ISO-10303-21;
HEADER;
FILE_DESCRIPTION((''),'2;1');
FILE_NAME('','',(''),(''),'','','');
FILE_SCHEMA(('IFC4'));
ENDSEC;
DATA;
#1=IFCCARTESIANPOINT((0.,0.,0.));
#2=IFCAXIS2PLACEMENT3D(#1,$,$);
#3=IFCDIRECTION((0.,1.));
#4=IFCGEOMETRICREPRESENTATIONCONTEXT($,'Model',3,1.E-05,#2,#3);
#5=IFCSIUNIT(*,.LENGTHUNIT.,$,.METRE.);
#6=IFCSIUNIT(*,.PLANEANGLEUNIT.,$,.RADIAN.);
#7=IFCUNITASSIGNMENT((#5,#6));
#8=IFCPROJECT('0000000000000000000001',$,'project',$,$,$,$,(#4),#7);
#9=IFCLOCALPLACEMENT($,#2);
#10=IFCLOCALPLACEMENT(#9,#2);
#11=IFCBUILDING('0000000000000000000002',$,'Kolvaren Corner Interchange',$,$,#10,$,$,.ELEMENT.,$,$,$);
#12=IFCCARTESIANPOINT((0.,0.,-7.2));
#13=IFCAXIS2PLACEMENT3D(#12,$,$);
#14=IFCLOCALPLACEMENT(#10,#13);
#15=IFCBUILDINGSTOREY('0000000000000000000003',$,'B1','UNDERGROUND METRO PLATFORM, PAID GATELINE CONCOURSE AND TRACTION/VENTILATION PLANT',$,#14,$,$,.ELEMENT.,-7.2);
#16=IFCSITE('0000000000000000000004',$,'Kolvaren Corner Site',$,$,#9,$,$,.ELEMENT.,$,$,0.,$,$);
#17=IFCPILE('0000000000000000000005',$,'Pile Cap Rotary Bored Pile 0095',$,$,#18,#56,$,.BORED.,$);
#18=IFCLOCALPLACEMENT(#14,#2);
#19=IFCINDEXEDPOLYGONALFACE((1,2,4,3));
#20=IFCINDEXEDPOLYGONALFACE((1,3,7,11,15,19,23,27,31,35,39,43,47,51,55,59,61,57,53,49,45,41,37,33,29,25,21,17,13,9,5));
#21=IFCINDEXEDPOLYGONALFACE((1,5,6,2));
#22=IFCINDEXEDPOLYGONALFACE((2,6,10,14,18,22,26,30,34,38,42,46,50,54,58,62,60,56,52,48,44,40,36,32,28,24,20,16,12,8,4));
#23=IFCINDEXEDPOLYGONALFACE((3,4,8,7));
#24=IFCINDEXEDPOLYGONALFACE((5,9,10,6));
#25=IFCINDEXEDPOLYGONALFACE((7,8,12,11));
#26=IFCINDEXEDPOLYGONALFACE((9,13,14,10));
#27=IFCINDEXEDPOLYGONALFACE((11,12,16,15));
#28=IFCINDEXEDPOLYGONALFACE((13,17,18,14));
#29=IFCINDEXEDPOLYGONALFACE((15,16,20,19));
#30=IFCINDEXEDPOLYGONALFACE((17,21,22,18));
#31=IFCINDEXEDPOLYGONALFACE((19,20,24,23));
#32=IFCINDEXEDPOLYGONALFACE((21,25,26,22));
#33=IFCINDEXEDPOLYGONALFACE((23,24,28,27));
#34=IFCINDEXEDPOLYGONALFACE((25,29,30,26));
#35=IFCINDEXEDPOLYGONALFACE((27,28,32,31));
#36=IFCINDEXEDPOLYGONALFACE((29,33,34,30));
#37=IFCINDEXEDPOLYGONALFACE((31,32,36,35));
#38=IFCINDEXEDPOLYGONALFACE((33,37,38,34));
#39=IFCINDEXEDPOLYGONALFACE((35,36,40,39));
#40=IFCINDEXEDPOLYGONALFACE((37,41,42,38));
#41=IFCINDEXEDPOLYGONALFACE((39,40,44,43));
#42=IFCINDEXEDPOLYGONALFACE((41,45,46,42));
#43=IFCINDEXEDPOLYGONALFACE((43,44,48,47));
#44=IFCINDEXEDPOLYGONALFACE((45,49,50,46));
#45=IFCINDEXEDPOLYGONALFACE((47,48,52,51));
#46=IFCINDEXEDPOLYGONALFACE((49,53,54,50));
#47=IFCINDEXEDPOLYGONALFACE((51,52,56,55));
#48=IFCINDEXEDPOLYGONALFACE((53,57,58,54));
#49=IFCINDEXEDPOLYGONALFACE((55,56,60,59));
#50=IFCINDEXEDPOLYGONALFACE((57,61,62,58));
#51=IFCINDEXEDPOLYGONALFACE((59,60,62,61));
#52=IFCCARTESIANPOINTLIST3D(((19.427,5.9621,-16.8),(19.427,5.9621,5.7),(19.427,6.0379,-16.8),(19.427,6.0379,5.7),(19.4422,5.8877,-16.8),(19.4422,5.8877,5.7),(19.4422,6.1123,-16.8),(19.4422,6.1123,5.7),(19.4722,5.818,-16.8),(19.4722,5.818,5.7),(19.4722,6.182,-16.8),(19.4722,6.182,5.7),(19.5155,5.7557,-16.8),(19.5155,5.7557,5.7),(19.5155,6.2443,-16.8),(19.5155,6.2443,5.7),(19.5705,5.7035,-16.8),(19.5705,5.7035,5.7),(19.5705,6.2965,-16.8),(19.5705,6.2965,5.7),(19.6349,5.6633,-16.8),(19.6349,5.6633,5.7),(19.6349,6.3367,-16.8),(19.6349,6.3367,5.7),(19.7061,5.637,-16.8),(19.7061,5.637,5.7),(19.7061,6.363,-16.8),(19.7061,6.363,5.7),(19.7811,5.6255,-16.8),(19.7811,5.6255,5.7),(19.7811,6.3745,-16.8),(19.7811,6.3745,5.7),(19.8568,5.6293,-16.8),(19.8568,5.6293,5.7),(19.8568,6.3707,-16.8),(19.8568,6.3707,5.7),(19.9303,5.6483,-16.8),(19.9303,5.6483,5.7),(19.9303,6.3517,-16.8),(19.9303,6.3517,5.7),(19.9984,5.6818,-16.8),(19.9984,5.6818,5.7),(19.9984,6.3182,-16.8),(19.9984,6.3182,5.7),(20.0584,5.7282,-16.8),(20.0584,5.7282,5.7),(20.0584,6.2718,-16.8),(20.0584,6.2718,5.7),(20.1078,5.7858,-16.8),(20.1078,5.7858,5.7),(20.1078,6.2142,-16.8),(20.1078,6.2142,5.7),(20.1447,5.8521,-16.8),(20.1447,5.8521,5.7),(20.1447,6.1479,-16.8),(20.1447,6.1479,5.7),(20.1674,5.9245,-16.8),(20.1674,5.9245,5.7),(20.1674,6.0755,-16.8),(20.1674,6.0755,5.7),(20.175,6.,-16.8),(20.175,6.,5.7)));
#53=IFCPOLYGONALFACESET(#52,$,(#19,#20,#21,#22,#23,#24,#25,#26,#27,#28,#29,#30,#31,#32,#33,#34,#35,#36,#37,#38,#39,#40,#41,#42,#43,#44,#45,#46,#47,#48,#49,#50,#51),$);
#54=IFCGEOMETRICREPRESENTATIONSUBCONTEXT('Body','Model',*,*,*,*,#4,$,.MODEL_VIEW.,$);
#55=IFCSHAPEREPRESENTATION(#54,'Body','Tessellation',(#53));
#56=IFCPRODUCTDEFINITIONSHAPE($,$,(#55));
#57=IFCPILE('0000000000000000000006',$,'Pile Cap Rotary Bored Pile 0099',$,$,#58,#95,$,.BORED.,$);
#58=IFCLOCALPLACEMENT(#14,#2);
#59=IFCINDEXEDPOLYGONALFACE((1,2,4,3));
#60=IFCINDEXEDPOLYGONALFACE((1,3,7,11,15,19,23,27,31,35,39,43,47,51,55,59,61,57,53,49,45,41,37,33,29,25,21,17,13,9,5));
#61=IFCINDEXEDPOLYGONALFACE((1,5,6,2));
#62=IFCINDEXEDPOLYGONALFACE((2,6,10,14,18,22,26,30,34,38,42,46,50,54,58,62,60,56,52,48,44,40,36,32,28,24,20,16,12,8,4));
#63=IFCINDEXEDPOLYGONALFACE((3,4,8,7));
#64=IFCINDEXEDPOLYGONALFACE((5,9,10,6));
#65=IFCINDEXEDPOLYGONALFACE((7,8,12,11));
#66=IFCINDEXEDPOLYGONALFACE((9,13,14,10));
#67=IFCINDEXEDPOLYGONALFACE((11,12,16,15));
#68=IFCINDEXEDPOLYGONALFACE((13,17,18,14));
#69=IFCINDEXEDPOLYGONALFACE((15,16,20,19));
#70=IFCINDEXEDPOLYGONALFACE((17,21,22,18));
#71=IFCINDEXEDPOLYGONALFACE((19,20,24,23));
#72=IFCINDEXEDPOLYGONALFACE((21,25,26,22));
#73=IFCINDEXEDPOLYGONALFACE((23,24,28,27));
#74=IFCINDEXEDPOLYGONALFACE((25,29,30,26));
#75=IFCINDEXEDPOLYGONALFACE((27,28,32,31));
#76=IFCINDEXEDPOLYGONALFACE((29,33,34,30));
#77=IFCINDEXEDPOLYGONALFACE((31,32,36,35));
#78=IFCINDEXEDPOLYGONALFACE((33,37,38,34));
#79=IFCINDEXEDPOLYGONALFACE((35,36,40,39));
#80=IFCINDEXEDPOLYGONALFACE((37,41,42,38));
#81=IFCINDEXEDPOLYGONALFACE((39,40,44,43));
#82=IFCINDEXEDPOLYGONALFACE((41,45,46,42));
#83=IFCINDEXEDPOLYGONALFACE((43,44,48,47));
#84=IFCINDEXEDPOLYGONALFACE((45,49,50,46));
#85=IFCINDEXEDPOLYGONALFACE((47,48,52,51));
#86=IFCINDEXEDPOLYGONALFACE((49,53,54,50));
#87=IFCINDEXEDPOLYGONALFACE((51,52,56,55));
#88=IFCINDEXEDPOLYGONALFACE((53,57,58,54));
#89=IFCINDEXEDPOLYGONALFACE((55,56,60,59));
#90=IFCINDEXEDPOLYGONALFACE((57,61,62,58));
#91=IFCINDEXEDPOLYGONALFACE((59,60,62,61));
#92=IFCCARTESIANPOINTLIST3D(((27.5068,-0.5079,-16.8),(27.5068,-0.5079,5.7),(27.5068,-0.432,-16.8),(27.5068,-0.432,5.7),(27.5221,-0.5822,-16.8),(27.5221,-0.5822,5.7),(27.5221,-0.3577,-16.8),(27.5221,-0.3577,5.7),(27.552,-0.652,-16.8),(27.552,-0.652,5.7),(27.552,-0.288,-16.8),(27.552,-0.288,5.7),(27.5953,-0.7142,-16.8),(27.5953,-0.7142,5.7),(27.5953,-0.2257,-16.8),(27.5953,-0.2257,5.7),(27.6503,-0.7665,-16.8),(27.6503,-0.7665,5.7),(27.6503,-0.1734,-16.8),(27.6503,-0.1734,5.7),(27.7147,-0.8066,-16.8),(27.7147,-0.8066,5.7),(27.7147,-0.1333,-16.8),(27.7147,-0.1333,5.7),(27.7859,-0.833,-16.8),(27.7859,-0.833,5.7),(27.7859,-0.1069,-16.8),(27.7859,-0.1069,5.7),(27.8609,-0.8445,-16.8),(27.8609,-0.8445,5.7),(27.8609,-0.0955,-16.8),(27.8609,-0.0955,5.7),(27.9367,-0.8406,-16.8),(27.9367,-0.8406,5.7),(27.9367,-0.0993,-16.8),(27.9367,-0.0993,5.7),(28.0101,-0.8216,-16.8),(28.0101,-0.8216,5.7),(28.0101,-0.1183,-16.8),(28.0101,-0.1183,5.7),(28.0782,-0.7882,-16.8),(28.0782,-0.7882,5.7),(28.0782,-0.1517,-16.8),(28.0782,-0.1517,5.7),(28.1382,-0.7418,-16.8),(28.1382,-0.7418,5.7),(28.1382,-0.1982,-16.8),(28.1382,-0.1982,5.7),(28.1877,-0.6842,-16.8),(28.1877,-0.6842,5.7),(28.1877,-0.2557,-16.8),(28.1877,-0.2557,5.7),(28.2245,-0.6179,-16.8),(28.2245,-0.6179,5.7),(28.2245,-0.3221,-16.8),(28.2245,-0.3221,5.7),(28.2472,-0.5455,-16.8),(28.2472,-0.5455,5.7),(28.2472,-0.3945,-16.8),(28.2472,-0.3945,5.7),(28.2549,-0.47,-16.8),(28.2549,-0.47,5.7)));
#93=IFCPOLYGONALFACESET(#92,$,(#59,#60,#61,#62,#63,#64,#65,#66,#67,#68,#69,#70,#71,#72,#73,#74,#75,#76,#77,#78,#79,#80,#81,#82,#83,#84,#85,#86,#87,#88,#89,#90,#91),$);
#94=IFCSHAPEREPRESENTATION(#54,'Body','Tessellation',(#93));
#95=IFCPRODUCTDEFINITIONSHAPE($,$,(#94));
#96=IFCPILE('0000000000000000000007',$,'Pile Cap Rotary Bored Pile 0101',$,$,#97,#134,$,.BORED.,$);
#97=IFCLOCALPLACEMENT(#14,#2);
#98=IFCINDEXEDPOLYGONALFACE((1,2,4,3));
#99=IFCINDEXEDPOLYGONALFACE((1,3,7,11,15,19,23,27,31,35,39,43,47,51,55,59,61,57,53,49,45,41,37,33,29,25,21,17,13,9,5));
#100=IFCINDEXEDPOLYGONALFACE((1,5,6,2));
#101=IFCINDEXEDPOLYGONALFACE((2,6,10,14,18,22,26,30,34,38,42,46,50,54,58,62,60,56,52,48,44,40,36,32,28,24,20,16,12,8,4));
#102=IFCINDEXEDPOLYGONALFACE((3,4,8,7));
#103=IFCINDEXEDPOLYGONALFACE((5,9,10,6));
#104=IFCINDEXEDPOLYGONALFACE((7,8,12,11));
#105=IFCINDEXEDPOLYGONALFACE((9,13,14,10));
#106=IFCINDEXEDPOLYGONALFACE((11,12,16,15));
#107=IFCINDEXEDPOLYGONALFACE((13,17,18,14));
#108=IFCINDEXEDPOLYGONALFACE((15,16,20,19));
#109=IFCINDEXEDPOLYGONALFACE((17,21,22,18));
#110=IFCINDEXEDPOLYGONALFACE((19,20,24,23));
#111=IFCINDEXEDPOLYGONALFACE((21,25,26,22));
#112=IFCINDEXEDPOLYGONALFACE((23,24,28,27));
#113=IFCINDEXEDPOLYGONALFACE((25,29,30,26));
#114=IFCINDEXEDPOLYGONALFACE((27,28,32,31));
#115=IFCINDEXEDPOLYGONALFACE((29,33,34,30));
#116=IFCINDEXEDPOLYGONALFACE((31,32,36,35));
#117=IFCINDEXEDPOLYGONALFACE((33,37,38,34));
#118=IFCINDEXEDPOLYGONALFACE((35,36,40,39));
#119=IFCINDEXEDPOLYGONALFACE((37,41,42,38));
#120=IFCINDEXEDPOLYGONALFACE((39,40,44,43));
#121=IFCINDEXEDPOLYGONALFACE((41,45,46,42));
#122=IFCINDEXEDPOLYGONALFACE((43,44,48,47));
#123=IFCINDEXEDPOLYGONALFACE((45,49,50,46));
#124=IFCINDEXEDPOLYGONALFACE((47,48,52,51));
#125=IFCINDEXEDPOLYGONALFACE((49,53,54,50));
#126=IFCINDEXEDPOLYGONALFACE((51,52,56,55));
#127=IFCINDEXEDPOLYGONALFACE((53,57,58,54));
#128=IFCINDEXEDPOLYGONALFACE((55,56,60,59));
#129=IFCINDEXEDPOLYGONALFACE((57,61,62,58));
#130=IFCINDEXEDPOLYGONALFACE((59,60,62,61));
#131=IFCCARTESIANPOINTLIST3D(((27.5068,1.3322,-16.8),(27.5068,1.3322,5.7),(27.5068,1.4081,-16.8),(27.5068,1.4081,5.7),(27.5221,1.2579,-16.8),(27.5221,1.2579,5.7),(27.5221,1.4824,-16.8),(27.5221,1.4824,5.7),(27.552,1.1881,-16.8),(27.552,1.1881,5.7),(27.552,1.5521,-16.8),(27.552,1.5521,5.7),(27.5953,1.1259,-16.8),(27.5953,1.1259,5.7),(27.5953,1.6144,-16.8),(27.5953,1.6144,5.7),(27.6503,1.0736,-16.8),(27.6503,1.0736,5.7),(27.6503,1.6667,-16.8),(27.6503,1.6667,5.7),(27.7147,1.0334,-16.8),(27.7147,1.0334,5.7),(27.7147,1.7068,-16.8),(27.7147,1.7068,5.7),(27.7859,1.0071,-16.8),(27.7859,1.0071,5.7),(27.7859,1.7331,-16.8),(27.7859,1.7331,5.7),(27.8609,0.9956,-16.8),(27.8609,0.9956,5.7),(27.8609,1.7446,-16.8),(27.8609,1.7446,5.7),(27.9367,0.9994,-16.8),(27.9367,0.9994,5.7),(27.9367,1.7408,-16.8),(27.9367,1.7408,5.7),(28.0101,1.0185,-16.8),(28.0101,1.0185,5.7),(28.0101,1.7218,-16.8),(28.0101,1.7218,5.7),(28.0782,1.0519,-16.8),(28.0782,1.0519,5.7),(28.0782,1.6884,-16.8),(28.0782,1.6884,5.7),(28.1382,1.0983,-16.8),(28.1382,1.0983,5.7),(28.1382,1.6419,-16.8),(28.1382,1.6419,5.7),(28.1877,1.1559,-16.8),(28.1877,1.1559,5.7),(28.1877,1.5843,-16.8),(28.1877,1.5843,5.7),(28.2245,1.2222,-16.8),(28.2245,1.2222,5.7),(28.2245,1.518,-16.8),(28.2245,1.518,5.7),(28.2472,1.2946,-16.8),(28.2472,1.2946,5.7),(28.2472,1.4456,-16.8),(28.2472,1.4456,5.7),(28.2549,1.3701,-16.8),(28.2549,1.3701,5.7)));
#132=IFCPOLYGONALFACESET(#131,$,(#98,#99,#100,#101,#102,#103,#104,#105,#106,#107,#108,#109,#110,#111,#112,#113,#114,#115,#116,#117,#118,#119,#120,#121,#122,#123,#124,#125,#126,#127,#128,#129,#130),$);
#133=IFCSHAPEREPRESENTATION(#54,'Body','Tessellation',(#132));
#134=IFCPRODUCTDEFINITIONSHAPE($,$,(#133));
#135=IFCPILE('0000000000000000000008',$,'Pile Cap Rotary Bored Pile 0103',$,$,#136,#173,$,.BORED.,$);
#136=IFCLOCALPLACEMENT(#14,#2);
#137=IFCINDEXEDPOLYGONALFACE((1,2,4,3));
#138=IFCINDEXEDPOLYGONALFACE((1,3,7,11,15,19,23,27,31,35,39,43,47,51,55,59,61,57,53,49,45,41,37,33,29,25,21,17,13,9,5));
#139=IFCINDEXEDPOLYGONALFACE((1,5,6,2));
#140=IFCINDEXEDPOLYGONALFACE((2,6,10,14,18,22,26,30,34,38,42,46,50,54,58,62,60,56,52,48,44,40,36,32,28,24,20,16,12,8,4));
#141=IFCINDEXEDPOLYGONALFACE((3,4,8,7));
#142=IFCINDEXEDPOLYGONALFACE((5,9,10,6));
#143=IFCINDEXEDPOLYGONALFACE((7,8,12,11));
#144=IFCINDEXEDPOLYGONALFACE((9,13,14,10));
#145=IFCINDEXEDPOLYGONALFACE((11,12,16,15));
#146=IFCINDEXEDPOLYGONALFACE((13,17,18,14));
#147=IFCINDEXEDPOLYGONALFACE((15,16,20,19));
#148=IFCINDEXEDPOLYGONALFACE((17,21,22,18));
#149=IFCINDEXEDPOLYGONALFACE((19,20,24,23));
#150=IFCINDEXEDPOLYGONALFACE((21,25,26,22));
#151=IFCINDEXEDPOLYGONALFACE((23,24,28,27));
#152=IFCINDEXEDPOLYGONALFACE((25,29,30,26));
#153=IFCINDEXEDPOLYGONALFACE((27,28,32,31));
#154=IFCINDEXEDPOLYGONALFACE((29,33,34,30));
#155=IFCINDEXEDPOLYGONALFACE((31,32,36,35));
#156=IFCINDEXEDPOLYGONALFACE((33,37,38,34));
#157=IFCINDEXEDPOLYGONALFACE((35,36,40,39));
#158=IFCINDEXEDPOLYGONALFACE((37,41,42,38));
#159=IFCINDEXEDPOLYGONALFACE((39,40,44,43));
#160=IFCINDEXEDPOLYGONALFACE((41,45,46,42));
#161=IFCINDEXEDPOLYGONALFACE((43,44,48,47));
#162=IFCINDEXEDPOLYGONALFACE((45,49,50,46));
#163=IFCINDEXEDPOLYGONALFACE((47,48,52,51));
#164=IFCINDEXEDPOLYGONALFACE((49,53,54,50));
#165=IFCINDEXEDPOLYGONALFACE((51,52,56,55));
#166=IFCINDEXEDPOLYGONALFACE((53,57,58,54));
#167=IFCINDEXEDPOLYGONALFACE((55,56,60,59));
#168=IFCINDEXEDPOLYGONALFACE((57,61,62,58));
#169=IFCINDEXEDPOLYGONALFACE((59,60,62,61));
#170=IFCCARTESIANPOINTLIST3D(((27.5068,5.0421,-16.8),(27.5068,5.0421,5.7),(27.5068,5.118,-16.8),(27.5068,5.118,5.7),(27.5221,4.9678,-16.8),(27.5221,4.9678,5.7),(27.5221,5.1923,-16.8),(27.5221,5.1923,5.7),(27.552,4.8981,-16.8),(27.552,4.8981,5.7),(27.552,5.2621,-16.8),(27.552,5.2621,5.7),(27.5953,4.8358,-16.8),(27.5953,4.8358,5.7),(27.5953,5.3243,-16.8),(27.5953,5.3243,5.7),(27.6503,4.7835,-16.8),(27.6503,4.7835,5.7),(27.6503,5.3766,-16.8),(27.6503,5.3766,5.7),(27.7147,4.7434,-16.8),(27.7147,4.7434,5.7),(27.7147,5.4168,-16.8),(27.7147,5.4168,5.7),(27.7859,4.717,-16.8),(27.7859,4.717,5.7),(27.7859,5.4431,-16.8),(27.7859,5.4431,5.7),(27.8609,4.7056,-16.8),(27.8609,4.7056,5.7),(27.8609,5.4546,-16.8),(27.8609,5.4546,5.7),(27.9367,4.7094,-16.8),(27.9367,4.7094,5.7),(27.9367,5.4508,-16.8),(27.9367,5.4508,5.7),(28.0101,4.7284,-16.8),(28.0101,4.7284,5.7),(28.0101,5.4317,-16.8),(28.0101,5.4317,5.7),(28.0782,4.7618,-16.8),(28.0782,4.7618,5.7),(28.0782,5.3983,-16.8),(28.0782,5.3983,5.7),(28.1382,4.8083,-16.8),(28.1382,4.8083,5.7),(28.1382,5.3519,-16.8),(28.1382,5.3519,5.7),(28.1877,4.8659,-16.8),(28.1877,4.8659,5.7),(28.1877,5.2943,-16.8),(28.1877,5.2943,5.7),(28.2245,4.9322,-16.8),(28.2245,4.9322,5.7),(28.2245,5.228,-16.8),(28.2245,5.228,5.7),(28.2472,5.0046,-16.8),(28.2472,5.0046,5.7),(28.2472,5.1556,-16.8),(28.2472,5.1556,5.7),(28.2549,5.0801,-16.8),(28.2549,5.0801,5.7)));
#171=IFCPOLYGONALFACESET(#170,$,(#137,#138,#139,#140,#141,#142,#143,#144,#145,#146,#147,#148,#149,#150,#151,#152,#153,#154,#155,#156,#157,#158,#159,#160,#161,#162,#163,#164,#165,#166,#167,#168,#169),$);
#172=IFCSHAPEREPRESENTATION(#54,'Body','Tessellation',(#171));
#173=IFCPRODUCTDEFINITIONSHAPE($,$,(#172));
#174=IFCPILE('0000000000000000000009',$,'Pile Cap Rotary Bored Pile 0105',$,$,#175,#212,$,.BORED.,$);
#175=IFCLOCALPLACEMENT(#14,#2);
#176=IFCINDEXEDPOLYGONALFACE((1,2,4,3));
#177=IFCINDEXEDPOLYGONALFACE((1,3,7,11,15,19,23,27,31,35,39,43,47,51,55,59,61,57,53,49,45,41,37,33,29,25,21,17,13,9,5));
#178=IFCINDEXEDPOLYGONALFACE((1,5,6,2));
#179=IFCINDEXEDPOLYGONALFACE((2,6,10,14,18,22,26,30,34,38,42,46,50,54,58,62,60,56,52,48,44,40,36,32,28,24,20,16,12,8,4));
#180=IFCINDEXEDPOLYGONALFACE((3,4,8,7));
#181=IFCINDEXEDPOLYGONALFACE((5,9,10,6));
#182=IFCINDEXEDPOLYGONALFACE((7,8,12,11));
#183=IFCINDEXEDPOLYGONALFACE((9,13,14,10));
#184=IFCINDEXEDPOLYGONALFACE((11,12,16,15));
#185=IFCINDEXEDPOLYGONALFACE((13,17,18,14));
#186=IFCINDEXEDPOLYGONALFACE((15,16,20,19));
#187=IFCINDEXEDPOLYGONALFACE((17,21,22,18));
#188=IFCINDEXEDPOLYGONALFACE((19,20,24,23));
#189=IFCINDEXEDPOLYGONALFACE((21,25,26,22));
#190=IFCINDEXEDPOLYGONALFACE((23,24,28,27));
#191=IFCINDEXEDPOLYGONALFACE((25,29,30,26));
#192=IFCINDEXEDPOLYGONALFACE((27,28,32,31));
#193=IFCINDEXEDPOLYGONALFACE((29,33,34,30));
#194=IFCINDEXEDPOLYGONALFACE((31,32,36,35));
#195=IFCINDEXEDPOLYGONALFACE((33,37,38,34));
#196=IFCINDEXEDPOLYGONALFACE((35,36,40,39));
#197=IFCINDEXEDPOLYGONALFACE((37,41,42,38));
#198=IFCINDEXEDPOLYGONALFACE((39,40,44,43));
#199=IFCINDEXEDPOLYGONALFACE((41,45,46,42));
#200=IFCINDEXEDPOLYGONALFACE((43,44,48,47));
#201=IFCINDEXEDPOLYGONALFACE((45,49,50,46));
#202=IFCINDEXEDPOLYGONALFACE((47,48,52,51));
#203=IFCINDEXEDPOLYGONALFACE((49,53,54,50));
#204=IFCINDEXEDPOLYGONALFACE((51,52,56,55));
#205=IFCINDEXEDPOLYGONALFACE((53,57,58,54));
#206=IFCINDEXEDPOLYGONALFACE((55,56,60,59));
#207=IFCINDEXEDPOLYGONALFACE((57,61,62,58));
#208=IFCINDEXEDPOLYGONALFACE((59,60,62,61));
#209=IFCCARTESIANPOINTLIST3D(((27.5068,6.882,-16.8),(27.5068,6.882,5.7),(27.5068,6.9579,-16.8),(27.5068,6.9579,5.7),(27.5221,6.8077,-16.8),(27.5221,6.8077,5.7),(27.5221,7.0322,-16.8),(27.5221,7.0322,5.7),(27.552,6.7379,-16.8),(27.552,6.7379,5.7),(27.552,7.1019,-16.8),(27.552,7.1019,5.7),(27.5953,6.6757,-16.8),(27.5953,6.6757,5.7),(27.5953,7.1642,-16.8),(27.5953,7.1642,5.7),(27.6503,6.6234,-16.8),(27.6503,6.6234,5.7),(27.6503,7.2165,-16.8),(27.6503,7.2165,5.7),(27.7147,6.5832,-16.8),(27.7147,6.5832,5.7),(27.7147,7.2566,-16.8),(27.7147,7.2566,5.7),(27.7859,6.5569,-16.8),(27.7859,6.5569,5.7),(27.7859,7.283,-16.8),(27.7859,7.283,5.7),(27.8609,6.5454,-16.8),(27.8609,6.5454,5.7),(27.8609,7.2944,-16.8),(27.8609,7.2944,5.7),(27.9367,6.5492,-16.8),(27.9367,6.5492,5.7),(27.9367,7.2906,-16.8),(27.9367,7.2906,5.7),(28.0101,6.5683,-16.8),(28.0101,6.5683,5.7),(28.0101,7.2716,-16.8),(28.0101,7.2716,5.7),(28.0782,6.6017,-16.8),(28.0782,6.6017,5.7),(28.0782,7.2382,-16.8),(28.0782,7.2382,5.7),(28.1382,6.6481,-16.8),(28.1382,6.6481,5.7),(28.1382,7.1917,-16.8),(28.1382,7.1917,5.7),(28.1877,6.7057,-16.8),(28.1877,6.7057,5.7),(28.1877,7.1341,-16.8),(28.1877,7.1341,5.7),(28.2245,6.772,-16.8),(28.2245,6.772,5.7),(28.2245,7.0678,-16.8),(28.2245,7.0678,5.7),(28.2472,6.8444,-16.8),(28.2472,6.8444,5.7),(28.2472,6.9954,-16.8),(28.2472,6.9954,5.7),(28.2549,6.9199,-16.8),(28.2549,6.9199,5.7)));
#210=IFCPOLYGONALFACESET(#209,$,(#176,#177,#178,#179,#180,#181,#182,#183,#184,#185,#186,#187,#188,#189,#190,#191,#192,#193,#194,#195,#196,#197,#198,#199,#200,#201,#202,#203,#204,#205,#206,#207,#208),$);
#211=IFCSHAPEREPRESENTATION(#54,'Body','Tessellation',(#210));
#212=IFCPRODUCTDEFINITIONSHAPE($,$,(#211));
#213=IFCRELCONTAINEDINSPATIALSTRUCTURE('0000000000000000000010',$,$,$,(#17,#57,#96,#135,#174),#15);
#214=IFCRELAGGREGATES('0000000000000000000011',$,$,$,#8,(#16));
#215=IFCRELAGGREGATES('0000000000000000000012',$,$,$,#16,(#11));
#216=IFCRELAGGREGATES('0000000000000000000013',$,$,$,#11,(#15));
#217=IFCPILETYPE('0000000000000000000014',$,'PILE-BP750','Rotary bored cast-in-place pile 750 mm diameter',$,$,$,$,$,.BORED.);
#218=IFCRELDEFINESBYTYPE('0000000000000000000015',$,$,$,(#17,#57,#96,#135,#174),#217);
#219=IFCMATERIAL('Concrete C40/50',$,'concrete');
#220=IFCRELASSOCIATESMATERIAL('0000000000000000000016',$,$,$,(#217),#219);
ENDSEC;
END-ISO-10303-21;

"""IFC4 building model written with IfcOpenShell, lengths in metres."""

from ifc_helpers import new_model, si_unit, direction, frame, origin, origin_2d, place, context, subcontext, project, spatial, circle, extrude, material, material_profile, profile_set, type_object, element, save


model = new_model("IFC4")

# Units and contexts
model_context = context("Model", 3, precision=1e-05, world=origin(), true_north=direction((0.0, 1.0)))
body_context = subcontext(model_context, "Body", "Model", "MODEL_VIEW")
ifc_project = project(units=[si_unit("LENGTHUNIT", "METRE"), si_unit("PLANEANGLEUNIT", "RADIAN")], contexts=[model_context])

# Site, building, storey
site_placement = place(None, origin())
site = spatial("IfcSite", under=ifc_project, at=site_placement, Name="Kolvaren Corner Site", CompositionType="ELEMENT", RefElevation=0.0)
building_placement = place(site_placement, origin())
building = spatial("IfcBuilding", under=site, at=building_placement, Name="Kolvaren Corner Interchange", CompositionType="ELEMENT")
storey_placement = place(building_placement, frame((0.0, 0.0, -7.2)))
storey = spatial("IfcBuildingStorey", under=building, at=storey_placement, Name="B1", Description="UNDERGROUND METRO PLATFORM, PAID GATELINE CONCOURSE AND TRACTION/VENTILATION PLANT", CompositionType="ELEMENT", Elevation=-7.2)

# Piles
ifc_material_1 = material(Name="Concrete C40/50", Category="concrete")
ifc_material_profile_1 = material_profile(ifc_material_1, circle(Radius=0.375, at=origin_2d()), Name="BORED PILE 750")
ifc_profile_set_1 = profile_set([ifc_material_profile_1], Name="Concrete C40/50")
pile_type_1 = type_object("IfcPileType", Name="PILE-BP750", Description="Rotary bored cast-in-place pile 750 mm diameter", PredefinedType="BORED", material=ifc_profile_set_1)
for number, where, z_axis, x_axis, name in (
    (1, (19.8, 6.0, 5.7), (0.0, 0.0, -1.0), (1.0, 0.0, 0.0), "Pile Cap Rotary Bored Pile 0095"),
    (2, (27.8799, -0.47, 5.7), (0.0, 0.0, -1.0), (1.0, 0.0, 0.0), "Pile Cap Rotary Bored Pile 0099"),
    (3, (27.8799, 1.3701, 5.7), (0.0, 0.0, -1.0), (1.0, 0.0, 0.0), "Pile Cap Rotary Bored Pile 0101"),
    (4, (27.8799, 5.0801, 5.7), (0.0, 0.0, -1.0), (1.0, 0.0, 0.0), "Pile Cap Rotary Bored Pile 0103"),
    (5, (27.8799, 6.9199, 5.7), (0.0, 0.0, -1.0), (1.0, 0.0, 0.0), "Pile Cap Rotary Bored Pile 0105"),
):
    element("IfcPile", number, at=place(storey_placement, frame(where, z_axis=z_axis, x_axis=x_axis)), inside=storey, type_object=pile_type_1, Name=name, PredefinedType="BORED", context=body_context, shape_type="SweptSolid", body=[
        extrude(circle(Radius=0.375, at=origin_2d()), origin(), (0.0, 0.0, 1.0), 22.5),
    ])

save(model, "model.ifc")
